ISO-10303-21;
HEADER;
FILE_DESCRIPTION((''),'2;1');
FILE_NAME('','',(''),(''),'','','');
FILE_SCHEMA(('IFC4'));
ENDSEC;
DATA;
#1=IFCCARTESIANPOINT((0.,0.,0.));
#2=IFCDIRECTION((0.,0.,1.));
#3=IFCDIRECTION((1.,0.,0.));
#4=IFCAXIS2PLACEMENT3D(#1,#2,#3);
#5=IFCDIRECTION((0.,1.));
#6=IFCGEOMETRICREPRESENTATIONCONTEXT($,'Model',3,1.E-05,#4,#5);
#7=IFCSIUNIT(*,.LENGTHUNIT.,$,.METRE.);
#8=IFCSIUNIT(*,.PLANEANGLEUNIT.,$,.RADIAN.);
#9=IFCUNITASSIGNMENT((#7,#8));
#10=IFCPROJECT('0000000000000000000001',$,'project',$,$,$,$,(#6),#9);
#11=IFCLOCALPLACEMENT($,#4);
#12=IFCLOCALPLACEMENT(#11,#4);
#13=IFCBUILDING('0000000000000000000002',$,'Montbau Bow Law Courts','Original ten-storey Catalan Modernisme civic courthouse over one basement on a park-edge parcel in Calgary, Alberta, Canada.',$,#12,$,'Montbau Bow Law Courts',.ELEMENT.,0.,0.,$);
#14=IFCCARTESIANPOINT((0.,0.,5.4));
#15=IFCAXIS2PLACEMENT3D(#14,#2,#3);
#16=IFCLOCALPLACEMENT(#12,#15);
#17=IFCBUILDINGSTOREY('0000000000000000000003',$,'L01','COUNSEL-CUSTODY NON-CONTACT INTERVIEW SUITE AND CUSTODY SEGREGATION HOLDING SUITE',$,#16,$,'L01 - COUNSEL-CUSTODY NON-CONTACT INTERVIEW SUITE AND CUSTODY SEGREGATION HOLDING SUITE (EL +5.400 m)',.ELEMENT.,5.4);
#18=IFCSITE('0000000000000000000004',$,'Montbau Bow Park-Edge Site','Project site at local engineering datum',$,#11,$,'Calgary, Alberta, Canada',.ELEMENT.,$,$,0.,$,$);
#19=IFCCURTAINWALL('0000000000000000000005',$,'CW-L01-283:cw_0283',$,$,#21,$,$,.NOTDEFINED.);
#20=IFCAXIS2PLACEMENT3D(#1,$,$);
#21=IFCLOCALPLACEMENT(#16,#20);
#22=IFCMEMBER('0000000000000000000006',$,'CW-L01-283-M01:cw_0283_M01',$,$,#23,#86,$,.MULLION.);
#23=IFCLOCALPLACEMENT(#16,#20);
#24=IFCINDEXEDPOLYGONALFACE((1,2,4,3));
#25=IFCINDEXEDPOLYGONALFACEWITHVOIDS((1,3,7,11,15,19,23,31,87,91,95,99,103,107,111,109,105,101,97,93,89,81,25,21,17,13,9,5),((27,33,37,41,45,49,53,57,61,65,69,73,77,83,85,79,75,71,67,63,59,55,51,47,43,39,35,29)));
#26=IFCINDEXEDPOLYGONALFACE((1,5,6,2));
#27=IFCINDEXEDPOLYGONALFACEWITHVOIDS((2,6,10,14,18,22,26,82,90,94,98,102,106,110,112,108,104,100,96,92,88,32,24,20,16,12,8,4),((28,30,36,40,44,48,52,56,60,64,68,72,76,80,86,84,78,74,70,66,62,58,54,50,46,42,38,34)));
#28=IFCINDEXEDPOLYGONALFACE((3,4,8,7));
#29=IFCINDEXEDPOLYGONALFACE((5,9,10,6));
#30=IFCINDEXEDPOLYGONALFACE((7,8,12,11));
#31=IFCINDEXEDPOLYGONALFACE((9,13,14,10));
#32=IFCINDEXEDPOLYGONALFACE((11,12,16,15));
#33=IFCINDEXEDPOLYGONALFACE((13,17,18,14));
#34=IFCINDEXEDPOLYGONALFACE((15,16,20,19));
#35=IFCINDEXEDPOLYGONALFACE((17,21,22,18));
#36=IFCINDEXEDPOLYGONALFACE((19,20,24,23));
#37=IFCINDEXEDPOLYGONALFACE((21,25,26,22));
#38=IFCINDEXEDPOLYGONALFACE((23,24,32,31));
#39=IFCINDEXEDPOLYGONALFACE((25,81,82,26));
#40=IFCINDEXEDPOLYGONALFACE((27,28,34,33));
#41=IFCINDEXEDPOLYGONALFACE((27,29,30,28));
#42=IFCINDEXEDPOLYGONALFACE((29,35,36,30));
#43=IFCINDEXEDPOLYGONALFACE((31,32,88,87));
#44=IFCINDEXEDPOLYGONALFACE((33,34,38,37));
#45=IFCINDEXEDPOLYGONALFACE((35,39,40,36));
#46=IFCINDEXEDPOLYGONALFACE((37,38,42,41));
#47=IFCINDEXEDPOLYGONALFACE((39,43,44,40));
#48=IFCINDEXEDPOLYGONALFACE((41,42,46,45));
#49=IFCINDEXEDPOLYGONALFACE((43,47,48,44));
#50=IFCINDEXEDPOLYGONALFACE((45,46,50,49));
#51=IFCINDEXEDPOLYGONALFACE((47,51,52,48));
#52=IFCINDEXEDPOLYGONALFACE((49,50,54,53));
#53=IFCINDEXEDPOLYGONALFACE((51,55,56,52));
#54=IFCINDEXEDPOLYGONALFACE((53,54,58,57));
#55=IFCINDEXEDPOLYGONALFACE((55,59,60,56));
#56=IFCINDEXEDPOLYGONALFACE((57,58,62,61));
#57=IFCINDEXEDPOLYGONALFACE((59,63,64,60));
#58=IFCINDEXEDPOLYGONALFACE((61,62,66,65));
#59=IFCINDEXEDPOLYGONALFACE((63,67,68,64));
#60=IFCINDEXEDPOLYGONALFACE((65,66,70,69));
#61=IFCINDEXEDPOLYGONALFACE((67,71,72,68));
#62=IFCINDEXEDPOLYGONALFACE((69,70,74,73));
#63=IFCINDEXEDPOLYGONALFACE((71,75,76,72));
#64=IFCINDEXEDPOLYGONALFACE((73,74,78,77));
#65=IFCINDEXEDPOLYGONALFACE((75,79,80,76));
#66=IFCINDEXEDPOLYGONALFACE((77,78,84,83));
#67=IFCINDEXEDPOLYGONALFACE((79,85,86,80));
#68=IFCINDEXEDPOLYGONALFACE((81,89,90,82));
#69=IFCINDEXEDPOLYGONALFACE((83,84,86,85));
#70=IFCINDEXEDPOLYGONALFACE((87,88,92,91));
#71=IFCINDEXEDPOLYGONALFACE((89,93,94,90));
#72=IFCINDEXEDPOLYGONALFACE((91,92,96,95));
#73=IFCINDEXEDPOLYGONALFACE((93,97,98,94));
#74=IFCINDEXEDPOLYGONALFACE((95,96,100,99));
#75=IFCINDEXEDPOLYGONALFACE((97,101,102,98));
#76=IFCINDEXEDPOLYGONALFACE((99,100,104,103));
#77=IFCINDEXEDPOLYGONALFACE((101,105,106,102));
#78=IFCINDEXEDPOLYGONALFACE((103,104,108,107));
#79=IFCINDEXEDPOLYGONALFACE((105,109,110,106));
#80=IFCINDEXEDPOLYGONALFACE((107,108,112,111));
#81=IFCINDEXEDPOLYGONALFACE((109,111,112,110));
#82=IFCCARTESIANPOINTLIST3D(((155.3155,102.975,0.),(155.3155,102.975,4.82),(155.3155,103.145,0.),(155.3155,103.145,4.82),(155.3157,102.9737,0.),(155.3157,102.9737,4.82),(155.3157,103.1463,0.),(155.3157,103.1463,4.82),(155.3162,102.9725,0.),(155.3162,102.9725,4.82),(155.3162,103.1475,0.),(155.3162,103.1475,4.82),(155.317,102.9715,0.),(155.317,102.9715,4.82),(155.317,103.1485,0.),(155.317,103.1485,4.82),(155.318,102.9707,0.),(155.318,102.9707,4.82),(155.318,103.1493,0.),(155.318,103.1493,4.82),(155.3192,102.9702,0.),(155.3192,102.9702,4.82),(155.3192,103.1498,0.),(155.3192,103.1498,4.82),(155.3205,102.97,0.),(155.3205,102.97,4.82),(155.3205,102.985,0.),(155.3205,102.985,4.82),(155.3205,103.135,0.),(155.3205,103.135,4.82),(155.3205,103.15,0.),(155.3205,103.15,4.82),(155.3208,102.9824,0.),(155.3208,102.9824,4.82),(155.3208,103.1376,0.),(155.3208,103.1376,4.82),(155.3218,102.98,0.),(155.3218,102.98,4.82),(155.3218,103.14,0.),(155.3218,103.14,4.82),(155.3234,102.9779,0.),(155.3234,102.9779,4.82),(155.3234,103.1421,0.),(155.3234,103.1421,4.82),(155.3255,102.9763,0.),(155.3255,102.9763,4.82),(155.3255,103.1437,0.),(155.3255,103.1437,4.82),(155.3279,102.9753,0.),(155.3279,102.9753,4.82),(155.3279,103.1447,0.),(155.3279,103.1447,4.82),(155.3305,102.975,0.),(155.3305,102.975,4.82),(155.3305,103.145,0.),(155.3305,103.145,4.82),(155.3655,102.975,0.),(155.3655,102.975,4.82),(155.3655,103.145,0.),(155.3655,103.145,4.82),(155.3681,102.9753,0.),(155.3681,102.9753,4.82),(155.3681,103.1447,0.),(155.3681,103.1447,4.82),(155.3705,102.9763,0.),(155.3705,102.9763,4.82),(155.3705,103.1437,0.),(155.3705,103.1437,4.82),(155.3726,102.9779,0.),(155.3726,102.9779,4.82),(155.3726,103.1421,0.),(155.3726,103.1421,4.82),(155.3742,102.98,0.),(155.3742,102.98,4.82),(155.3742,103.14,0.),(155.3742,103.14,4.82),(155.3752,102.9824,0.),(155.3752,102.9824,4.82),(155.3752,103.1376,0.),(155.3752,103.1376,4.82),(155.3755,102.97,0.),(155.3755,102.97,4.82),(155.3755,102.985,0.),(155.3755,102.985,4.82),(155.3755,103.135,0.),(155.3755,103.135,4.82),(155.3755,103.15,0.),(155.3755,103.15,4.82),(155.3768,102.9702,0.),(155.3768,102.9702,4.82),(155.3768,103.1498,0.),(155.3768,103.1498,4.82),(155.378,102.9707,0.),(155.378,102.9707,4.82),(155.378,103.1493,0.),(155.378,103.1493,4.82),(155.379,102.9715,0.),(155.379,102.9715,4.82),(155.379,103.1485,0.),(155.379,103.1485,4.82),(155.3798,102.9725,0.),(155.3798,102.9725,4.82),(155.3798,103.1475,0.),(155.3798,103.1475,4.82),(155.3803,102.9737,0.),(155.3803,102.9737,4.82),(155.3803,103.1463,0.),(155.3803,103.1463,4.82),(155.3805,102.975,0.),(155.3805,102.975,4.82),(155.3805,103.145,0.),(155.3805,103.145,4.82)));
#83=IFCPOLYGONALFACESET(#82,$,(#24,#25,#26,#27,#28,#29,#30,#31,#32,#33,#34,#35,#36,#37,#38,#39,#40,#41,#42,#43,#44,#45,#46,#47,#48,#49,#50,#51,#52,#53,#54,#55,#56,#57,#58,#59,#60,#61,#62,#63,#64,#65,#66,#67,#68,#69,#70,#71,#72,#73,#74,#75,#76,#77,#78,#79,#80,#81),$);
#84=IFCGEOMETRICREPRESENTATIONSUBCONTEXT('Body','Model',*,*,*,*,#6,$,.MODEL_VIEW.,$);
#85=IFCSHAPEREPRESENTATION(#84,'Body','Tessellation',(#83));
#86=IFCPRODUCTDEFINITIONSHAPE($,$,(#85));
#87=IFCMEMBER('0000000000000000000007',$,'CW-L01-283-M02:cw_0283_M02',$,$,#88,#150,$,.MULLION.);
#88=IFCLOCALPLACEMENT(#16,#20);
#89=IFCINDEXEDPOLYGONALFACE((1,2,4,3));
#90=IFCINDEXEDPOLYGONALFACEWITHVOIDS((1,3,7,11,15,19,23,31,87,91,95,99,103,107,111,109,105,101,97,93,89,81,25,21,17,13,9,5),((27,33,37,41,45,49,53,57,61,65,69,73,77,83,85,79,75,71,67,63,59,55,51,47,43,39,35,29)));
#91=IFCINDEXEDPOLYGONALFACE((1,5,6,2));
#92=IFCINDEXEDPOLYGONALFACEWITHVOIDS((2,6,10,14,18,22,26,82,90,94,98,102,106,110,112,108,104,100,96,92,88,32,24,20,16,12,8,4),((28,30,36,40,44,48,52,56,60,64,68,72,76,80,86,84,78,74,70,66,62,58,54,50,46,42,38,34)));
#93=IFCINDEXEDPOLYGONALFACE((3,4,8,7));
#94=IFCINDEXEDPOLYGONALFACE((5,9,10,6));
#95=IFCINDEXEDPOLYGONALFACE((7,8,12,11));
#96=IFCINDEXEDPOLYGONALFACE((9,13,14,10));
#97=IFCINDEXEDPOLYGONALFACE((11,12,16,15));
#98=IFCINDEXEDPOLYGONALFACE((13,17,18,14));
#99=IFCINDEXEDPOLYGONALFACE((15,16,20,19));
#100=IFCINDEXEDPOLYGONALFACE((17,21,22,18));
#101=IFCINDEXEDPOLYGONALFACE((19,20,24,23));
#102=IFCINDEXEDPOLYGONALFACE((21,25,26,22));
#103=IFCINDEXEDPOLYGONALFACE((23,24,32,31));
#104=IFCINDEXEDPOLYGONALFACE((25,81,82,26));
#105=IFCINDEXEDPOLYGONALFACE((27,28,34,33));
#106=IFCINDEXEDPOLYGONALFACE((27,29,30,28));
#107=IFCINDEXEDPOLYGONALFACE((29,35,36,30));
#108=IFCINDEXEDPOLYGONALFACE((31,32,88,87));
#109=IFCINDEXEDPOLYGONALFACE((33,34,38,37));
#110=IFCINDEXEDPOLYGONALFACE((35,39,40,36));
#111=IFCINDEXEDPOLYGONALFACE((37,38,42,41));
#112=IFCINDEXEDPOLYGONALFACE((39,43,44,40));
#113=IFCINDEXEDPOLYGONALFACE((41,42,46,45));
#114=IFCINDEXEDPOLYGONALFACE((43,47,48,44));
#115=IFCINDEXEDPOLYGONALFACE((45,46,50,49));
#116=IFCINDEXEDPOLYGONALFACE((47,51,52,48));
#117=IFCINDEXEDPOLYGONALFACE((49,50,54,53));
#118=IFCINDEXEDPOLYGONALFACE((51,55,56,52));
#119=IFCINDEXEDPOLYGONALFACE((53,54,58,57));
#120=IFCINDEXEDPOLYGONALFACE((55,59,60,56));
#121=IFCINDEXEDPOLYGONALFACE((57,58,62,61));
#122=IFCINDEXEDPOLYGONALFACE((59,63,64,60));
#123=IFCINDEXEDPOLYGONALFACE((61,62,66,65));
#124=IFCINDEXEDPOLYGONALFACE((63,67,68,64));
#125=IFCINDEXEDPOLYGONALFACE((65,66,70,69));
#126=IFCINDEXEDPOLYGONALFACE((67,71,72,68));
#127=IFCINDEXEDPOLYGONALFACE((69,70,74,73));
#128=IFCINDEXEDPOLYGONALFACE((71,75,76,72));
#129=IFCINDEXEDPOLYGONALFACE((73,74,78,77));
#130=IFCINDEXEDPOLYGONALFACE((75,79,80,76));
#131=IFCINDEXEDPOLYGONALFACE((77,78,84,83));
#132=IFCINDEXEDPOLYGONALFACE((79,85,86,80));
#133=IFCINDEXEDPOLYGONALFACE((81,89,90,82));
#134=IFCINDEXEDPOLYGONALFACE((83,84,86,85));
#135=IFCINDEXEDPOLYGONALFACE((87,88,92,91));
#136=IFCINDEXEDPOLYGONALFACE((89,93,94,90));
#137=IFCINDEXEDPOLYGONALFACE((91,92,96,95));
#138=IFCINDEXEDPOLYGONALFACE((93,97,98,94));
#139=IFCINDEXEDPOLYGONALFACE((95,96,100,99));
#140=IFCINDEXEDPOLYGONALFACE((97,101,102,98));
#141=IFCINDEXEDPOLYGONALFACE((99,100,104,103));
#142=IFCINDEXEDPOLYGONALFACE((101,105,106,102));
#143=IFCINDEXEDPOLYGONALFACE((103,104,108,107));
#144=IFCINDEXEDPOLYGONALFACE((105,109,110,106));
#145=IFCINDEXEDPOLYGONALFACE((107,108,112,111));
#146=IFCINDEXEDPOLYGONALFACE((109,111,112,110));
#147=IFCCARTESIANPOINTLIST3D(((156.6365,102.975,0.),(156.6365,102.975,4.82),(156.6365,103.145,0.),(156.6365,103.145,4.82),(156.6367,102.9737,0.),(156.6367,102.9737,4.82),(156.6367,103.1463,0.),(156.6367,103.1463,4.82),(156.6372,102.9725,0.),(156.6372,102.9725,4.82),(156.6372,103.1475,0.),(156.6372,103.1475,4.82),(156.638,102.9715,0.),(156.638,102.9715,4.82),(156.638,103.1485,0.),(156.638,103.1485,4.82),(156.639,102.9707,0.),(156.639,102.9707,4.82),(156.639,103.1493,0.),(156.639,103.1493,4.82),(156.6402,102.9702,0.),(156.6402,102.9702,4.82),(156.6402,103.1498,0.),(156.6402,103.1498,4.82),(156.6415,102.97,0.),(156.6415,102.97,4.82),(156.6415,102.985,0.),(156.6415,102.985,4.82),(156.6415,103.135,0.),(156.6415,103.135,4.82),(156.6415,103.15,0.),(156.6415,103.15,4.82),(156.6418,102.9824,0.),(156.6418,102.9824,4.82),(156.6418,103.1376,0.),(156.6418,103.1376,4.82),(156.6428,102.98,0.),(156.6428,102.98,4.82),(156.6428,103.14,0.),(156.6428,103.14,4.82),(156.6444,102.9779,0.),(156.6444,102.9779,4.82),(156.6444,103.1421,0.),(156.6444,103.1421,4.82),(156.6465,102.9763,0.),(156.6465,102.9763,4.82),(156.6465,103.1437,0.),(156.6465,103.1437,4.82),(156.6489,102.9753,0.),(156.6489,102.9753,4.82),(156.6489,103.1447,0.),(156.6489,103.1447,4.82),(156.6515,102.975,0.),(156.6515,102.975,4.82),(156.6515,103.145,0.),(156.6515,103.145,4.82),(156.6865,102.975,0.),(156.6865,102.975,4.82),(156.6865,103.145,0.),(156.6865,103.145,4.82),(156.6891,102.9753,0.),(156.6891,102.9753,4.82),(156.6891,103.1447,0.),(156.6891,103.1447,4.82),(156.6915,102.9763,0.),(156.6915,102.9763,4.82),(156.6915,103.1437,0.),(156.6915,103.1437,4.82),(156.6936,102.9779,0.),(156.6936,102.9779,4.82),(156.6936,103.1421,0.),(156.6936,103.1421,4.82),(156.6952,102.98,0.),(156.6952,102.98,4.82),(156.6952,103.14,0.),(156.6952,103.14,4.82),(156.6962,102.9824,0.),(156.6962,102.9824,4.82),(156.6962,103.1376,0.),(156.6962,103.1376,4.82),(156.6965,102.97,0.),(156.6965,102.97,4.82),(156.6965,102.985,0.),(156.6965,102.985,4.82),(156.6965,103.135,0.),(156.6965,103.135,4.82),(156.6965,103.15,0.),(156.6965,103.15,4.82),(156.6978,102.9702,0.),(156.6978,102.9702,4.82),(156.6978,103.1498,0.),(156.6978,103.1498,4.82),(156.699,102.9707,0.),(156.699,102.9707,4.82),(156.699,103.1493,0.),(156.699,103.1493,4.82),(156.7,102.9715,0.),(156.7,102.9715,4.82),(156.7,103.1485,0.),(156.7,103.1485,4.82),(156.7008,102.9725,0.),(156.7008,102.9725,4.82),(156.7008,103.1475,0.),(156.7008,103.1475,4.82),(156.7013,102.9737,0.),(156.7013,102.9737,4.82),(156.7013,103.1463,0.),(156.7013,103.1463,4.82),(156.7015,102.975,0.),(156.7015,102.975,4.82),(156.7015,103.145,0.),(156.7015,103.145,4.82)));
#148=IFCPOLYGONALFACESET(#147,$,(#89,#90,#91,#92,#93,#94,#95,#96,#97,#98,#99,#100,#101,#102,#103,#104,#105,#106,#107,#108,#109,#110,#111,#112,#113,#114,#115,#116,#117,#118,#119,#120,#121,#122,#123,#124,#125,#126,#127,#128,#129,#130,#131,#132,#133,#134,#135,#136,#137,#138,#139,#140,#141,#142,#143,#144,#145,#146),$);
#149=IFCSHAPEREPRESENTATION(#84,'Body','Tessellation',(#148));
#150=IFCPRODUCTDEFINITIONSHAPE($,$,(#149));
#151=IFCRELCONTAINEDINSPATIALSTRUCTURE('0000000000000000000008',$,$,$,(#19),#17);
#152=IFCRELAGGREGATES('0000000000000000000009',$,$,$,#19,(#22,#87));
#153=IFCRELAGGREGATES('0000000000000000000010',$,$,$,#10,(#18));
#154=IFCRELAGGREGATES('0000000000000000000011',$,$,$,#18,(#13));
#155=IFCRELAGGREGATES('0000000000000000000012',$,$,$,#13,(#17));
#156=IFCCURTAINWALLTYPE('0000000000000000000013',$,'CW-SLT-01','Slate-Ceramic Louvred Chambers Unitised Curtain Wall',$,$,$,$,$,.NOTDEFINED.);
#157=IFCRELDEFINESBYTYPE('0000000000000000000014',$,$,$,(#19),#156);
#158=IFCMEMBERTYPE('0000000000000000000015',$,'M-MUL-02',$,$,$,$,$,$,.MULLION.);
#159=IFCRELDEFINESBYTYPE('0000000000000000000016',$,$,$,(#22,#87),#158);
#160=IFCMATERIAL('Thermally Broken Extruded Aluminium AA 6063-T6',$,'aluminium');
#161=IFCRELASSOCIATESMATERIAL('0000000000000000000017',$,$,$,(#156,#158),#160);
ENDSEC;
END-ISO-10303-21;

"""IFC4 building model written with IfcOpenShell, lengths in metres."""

from ifc_helpers import new_model, si_unit, direction, frame, origin_with_axes, origin_2d_with_axis, place, context, subcontext, project, spatial, hollow_rectangle, extrude, material, material_profile, profile_set, type_object, element, aggregate, save


model = new_model("IFC4")

# Units and contexts
model_context = context("Model", 3, precision=1e-05, world=origin_with_axes(), true_north=direction((0.0, 1.0)))
body_context = subcontext(model_context, "Body", "Model", "MODEL_VIEW")
ifc_project = project(units=[si_unit("LENGTHUNIT", "METRE"), si_unit("PLANEANGLEUNIT", "RADIAN")], contexts=[model_context])

# Site, building, storey
site_placement = place(None, origin_with_axes())
site = spatial("IfcSite", under=ifc_project, at=site_placement, Name="Montbau Bow Park-Edge Site", Description="Project site at local engineering datum", LongName="Calgary, Alberta, Canada", CompositionType="ELEMENT", RefElevation=0.0)
building_placement = place(site_placement, origin_with_axes())
building = spatial("IfcBuilding", under=site, at=building_placement, Name="Montbau Bow Law Courts", Description="Original ten-storey Catalan Modernisme civic courthouse over one basement on a park-edge parcel in Calgary, Alberta, Canada.", LongName="Montbau Bow Law Courts", CompositionType="ELEMENT", ElevationOfRefHeight=0.0, ElevationOfTerrain=0.0)
storey_placement = place(building_placement, frame((0.0, 0.0, 5.4), z_axis=(0.0, 0.0, 1.0), x_axis=(1.0, 0.0, 0.0)))
storey = spatial("IfcBuildingStorey", under=building, at=storey_placement, Name="L01", Description="COUNSEL-CUSTODY NON-CONTACT INTERVIEW SUITE AND CUSTODY SEGREGATION HOLDING SUITE", LongName="L01 - COUNSEL-CUSTODY NON-CONTACT INTERVIEW SUITE AND CUSTODY SEGREGATION HOLDING SUITE (EL +5.400 m)", CompositionType="ELEMENT", Elevation=5.4)

# Curtain wall, members
ifc_material_1 = material(Name="Thermally Broken Extruded Aluminium AA 6063-T6", Category="aluminium")
curtain_wall_type = type_object("IfcCurtainWallType", Name="CW-SLT-01", Description="Slate-Ceramic Louvred Chambers Unitised Curtain Wall", PredefinedType="NOTDEFINED", material=ifc_material_1)
curtain_wall_placement = place(None, frame((155.315, 103.06, 5.4), z_axis=(0.0, 0.0, 1.0), x_axis=(1.0, 0.0, 0.0)))
curtain_wall = element("IfcCurtainWall", 1, at=curtain_wall_placement, inside=storey, type_object=curtain_wall_type, Name="CW-L01-283:cw_0283", PredefinedType="NOTDEFINED")
ifc_material_profile_1 = material_profile(ifc_material_1, hollow_rectangle(XDim=0.065, YDim=0.18, WallThickness=0.005, InnerFilletRadius=0.01, OuterFilletRadius=0.005, at=origin_2d_with_axis()), Name="CWM-180X65", Category="Main", Priority=0)
ifc_profile_set_1 = profile_set([ifc_material_profile_1], Name="Thermally Broken Extruded Aluminium AA 6063-T6")
member_type_1 = type_object("IfcMemberType", Name="M-MUL-02", PredefinedType="MULLION", material=ifc_profile_set_1)
member_1_placement = place(None, frame((155.348, 103.06, 5.4), z_axis=(0.0, 0.0, 1.0), x_axis=(1.0, 0.0, 0.0)))
member_1 = element("IfcMember", 2, at=member_1_placement, type_object=member_type_1, Name="CW-L01-283-M01:cw_0283_M01", PredefinedType="MULLION", context=body_context, shape_type="SweptSolid", body=[
    extrude(hollow_rectangle(XDim=0.065, YDim=0.18, WallThickness=0.005, InnerFilletRadius=0.01, OuterFilletRadius=0.005, at=origin_2d_with_axis()), origin_with_axes(), (0.0, 0.0, 1.0), 4.82),
])
member_2_placement = place(None, frame((156.669, 103.06, 5.4), z_axis=(0.0, 0.0, 1.0), x_axis=(1.0, 0.0, 0.0)))
member_2 = element("IfcMember", 3, at=member_2_placement, type_object=member_type_1, Name="CW-L01-283-M02:cw_0283_M02", PredefinedType="MULLION", context=body_context, shape_type="SweptSolid", body=[
    extrude(hollow_rectangle(XDim=0.065, YDim=0.18, WallThickness=0.005, InnerFilletRadius=0.01, OuterFilletRadius=0.005, at=origin_2d_with_axis()), origin_with_axes(), (0.0, 0.0, 1.0), 4.82),
])
aggregate(curtain_wall, [member_1, member_2])

save(model, "model.ifc")
